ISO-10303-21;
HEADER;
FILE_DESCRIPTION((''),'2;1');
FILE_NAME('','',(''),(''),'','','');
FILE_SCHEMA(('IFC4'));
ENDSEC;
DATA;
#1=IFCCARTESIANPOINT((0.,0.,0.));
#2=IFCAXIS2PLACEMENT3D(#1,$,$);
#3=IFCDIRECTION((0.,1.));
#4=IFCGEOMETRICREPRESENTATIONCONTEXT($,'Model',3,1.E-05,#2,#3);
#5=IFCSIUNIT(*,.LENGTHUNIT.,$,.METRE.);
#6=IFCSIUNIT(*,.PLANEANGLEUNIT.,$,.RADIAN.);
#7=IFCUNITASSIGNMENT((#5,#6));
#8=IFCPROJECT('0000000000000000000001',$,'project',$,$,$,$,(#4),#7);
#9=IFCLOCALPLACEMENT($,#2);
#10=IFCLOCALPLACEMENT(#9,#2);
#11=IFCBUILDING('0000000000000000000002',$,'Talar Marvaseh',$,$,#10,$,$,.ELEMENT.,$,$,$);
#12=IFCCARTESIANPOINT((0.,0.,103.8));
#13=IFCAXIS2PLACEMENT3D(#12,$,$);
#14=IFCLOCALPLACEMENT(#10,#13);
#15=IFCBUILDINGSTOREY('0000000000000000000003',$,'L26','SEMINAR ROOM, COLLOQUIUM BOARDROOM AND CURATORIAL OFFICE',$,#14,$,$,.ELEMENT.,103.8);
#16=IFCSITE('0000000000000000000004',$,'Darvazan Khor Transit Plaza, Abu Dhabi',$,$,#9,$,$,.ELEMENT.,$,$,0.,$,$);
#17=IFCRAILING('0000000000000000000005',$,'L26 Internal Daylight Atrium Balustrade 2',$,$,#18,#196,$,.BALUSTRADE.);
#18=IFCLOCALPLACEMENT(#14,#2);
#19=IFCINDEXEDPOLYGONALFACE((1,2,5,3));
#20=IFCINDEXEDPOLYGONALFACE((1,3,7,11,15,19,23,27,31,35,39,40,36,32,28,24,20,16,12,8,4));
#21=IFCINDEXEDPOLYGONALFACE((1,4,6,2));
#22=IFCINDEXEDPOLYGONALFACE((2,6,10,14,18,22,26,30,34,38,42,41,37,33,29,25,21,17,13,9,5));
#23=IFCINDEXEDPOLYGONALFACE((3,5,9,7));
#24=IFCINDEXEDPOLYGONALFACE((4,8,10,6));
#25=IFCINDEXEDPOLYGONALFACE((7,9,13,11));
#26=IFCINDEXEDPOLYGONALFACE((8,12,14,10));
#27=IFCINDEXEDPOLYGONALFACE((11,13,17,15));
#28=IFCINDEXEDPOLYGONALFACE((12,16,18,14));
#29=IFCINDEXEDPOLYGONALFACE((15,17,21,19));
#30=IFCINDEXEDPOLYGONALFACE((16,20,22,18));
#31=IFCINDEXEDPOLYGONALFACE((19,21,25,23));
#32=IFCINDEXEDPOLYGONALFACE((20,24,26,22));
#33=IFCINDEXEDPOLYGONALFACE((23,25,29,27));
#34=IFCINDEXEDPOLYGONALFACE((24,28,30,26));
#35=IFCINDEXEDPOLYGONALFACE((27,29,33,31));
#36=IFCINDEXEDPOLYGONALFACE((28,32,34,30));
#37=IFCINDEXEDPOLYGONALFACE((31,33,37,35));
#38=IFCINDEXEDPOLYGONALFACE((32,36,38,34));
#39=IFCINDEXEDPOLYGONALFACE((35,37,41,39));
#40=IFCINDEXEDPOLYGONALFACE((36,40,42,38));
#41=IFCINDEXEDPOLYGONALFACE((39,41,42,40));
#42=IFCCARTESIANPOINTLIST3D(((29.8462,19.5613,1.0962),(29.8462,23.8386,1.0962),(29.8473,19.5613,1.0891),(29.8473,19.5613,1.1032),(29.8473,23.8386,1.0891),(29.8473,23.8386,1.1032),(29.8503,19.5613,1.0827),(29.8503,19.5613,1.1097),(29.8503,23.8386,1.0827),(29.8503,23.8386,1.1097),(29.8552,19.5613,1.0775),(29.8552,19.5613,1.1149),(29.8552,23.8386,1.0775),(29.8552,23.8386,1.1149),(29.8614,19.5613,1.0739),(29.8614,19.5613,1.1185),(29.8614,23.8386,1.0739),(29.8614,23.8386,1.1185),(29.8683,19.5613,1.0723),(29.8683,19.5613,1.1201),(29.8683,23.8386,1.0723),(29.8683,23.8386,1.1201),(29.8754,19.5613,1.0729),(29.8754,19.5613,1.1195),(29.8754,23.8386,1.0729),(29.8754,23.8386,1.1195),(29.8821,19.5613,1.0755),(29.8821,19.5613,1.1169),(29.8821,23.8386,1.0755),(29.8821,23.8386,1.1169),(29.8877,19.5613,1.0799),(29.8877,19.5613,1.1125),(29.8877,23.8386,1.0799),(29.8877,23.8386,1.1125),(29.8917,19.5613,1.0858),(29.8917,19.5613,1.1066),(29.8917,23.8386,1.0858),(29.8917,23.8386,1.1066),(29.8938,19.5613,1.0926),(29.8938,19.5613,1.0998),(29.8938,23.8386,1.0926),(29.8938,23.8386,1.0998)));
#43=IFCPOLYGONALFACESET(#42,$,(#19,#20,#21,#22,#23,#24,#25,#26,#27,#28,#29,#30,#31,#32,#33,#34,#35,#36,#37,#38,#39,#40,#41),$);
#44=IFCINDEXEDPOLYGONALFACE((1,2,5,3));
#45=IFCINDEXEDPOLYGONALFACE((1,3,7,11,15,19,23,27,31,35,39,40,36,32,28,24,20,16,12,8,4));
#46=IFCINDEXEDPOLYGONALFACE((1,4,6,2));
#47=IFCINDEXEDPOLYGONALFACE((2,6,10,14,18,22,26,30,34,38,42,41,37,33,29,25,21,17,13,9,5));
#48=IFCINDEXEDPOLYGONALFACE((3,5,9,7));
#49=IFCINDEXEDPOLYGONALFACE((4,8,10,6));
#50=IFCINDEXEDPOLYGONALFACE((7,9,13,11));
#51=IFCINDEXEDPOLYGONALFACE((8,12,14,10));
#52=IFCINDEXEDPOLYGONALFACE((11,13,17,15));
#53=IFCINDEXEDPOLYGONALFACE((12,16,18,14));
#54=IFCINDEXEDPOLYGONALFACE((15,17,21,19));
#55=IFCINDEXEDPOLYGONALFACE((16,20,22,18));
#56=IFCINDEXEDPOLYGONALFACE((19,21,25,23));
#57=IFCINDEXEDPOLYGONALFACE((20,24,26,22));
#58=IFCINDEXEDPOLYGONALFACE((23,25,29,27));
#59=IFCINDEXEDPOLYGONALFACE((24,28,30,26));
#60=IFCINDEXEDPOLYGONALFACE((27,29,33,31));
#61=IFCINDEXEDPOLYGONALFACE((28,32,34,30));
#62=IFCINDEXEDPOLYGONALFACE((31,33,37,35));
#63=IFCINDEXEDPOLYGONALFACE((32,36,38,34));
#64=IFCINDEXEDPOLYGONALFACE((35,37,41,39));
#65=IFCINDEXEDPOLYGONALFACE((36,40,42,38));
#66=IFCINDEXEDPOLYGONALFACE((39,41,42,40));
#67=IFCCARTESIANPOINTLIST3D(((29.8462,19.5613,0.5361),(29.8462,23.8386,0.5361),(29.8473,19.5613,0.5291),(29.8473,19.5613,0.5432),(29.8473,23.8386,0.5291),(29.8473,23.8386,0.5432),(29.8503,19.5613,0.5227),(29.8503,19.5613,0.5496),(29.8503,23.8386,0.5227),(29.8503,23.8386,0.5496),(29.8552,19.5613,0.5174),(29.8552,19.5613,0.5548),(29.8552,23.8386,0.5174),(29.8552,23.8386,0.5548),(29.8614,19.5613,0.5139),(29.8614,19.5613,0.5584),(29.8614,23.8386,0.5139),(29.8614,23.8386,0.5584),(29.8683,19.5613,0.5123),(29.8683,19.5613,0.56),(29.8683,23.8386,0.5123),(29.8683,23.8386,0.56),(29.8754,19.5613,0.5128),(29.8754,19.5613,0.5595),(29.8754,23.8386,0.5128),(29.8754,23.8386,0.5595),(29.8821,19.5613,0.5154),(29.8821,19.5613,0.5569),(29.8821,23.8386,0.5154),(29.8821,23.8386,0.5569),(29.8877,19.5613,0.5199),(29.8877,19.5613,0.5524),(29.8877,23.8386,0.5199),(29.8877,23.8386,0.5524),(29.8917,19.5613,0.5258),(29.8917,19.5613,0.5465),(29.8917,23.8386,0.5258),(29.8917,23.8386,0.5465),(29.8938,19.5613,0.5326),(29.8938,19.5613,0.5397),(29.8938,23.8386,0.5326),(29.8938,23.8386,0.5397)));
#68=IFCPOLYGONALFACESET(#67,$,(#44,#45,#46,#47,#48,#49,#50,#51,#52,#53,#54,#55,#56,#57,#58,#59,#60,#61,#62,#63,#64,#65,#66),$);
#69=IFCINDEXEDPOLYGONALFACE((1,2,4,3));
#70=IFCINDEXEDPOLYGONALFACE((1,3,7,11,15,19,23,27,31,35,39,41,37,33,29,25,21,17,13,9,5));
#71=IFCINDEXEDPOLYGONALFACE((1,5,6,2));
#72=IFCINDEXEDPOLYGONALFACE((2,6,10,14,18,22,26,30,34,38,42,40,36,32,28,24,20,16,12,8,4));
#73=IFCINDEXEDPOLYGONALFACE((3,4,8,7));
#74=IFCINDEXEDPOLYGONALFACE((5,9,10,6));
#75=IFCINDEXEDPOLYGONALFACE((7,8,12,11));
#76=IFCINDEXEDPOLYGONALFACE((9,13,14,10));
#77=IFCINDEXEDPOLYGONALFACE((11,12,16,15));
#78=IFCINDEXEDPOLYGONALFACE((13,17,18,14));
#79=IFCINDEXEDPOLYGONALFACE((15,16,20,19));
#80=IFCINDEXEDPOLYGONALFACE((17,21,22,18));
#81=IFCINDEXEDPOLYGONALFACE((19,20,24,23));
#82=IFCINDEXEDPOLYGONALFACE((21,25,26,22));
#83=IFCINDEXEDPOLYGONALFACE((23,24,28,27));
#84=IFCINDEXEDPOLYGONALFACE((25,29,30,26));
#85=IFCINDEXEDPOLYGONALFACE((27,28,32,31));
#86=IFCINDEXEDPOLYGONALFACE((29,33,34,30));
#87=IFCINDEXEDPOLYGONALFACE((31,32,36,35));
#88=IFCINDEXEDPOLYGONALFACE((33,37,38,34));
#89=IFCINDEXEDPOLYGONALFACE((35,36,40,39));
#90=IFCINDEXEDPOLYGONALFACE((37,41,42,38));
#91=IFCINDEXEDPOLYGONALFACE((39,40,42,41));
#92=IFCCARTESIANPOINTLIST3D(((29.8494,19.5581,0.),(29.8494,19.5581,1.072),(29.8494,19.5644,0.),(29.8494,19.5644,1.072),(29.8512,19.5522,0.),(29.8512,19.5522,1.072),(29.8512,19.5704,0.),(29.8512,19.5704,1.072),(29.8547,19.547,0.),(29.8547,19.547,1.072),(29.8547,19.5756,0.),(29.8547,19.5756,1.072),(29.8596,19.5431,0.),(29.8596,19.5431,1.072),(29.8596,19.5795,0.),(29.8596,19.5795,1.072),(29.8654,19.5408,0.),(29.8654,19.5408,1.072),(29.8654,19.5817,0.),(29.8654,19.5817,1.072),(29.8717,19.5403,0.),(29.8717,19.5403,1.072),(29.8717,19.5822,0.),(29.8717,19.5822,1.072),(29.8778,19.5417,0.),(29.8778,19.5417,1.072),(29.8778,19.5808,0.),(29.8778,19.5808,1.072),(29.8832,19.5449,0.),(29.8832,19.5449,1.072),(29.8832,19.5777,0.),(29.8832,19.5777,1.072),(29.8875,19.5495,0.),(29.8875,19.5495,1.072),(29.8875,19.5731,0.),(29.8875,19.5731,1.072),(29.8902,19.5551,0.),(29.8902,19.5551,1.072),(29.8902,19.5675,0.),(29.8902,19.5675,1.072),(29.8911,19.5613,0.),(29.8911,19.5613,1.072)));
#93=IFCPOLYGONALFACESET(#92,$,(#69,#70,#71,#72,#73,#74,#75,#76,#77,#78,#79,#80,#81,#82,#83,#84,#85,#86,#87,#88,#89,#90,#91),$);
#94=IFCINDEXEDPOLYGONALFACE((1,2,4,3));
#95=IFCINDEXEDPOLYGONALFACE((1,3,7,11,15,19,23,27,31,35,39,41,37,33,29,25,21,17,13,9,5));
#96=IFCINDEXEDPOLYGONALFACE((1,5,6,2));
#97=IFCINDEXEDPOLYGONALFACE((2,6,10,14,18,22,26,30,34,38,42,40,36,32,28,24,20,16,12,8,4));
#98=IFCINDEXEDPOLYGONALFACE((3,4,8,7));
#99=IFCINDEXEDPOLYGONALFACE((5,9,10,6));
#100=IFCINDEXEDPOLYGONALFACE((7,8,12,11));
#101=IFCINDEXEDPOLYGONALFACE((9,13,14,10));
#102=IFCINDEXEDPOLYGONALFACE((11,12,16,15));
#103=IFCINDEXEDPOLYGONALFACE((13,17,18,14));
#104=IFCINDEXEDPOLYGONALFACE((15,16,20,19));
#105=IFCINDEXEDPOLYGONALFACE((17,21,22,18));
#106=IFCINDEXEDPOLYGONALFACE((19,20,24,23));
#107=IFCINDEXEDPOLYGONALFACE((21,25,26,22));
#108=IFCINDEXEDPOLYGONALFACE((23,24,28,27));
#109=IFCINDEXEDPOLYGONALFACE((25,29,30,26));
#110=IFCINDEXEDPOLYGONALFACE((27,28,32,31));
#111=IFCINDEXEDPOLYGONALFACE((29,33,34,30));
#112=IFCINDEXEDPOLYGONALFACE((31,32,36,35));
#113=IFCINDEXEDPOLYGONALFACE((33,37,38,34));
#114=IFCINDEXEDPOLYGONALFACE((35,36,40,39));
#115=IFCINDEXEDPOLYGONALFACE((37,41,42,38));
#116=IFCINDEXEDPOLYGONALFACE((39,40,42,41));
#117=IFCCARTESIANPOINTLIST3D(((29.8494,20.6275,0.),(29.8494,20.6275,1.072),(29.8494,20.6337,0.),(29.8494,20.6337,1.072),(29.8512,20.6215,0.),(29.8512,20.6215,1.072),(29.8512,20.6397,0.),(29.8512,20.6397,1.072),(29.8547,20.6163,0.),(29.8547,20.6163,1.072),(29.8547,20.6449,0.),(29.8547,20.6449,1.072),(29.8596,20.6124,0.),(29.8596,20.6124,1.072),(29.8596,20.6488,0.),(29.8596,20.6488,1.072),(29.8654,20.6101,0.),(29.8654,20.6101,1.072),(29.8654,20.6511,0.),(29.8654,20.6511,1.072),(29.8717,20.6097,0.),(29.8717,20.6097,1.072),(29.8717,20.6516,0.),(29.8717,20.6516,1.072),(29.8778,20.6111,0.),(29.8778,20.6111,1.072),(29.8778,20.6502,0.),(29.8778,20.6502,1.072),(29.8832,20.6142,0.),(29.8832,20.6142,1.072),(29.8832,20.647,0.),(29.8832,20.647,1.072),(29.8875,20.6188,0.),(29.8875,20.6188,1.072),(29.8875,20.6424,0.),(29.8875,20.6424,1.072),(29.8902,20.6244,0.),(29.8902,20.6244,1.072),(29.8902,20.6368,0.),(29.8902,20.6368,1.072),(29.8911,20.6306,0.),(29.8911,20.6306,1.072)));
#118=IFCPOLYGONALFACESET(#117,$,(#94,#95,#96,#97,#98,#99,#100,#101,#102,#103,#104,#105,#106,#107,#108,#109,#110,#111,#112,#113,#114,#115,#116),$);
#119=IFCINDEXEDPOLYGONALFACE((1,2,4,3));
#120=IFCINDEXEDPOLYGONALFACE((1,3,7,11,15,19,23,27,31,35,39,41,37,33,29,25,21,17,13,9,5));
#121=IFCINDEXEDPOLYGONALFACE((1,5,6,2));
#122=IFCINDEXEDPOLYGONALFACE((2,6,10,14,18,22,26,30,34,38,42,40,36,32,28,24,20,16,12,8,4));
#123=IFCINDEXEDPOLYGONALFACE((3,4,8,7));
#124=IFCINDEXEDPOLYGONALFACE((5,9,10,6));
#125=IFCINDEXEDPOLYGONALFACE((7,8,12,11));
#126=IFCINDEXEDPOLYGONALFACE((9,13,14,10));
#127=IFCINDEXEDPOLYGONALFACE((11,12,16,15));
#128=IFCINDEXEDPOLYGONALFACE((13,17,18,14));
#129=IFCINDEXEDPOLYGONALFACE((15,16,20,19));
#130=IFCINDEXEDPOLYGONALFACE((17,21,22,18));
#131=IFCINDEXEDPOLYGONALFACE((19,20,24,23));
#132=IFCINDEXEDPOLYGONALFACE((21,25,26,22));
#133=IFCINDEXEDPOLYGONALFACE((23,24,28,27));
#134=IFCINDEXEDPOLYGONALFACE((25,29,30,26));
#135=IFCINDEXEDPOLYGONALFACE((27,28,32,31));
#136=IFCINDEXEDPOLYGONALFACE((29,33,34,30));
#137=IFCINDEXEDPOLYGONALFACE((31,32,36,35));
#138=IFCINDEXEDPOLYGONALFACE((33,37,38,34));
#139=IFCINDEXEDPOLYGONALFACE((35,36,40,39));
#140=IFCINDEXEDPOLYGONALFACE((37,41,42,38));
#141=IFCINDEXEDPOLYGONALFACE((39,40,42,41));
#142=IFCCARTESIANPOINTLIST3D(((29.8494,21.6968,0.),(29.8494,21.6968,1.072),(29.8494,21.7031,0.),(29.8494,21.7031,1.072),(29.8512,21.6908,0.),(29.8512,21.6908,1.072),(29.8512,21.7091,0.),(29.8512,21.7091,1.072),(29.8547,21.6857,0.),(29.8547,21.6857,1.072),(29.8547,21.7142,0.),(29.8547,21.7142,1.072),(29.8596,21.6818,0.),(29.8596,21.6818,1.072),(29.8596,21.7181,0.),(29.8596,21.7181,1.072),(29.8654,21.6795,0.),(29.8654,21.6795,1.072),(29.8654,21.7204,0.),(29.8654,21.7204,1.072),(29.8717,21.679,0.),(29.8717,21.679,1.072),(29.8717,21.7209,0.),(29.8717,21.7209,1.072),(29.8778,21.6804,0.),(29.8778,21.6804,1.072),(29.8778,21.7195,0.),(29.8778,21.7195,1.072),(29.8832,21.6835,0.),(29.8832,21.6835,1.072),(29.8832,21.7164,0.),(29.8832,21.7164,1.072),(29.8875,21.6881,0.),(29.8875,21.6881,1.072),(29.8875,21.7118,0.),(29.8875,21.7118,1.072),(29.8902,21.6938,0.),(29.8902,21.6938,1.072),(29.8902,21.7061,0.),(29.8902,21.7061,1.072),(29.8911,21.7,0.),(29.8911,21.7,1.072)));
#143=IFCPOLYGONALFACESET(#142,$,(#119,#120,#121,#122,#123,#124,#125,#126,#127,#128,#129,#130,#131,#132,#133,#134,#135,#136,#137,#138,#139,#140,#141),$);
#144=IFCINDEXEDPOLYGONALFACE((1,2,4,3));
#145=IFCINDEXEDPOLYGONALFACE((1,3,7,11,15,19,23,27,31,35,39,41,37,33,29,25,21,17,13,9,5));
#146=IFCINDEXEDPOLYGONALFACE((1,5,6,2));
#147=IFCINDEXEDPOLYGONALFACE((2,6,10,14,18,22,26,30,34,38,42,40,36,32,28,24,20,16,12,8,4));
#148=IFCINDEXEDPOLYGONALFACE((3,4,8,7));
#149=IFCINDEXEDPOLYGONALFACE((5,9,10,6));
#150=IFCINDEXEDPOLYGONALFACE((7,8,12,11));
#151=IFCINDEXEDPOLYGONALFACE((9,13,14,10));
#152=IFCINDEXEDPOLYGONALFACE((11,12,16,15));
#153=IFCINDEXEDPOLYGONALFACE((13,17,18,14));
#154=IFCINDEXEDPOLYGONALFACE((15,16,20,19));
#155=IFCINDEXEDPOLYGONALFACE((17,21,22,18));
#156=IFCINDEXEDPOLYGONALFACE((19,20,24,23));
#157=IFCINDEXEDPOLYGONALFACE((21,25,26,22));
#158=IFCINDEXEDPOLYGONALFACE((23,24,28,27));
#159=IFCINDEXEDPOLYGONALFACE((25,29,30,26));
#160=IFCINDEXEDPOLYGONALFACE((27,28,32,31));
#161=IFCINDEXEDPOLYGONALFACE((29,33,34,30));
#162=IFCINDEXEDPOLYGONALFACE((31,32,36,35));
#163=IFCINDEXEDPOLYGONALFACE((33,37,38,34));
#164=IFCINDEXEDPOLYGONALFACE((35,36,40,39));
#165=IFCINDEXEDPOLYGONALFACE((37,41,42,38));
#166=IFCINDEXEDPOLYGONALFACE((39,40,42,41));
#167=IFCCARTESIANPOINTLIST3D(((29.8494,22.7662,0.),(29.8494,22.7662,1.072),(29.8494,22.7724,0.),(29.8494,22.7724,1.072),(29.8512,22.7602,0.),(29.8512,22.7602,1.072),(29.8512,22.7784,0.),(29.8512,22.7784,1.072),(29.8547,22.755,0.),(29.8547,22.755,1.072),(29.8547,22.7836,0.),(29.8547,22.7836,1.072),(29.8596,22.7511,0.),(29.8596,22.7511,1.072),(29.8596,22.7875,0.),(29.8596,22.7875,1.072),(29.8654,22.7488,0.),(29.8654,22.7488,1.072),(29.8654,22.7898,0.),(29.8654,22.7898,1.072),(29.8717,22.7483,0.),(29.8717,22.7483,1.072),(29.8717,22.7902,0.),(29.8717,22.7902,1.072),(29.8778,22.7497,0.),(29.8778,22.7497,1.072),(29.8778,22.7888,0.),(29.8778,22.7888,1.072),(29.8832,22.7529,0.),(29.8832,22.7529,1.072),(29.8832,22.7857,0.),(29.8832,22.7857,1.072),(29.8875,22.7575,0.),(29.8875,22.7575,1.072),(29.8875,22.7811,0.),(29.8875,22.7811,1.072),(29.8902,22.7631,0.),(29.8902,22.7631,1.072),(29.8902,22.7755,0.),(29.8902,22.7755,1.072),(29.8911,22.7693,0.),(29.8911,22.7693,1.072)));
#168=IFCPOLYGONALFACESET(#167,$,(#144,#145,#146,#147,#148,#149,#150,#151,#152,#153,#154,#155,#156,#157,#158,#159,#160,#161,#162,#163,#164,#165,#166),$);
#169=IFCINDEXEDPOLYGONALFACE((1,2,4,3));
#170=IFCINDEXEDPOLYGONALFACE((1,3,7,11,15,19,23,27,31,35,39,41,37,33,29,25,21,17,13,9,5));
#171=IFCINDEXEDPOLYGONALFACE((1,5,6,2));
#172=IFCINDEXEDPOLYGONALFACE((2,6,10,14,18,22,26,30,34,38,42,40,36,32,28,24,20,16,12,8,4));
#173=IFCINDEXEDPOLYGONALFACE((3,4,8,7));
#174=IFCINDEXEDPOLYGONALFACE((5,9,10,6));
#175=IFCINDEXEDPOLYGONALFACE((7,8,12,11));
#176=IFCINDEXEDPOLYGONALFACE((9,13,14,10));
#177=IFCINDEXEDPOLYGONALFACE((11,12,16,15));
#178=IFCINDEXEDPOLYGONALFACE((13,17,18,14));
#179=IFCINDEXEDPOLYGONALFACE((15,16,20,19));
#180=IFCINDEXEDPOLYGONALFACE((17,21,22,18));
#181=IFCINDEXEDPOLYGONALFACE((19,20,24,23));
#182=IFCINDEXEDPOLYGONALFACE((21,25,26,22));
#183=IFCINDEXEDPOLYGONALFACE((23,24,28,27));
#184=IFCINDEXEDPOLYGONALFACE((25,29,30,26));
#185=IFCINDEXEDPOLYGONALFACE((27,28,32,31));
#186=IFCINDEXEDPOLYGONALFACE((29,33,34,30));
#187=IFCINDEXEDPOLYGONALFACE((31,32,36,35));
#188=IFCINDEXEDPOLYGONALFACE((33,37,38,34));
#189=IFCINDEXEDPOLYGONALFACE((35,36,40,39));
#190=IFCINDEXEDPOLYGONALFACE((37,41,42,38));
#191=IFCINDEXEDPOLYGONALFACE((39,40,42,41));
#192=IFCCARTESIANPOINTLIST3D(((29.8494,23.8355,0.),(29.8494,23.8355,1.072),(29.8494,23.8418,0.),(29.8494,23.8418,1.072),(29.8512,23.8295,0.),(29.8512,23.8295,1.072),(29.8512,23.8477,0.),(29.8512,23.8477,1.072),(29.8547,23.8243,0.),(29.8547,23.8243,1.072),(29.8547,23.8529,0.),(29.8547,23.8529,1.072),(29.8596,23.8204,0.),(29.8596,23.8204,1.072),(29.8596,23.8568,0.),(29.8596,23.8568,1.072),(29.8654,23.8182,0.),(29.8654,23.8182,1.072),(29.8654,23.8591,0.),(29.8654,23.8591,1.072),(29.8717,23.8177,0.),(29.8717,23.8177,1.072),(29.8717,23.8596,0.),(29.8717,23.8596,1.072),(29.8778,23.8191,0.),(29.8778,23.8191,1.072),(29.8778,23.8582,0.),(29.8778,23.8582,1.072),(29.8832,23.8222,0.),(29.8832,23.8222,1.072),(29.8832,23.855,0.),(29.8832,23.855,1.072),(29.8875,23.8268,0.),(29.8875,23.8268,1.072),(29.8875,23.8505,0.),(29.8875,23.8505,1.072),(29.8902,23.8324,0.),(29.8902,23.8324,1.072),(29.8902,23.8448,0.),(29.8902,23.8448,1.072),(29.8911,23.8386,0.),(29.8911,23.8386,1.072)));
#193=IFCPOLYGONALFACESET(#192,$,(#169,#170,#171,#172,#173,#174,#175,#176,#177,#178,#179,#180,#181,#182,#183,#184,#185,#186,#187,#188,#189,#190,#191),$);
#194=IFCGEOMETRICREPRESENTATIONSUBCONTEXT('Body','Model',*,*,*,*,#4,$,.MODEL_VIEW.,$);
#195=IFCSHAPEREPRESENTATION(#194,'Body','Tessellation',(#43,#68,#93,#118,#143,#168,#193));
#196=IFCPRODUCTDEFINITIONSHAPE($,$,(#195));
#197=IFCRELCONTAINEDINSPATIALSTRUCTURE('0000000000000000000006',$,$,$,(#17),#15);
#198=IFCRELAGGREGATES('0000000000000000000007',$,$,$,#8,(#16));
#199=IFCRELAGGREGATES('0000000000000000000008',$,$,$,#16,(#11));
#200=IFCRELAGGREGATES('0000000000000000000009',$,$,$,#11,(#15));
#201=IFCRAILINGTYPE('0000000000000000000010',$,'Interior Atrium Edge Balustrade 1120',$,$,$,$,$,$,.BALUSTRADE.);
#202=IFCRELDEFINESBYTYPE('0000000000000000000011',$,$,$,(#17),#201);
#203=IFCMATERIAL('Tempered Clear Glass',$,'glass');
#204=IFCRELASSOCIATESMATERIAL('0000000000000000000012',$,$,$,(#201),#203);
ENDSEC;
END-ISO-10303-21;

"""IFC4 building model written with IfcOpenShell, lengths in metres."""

from ifc_helpers import new_model, si_unit, direction, frame, origin, origin_2d, place, context, subcontext, project, spatial, circle, extrude, material, type_object, element, save


model = new_model("IFC4")

# Units and contexts
model_context = context("Model", 3, precision=1e-05, world=origin(), true_north=direction((0.0, 1.0)))
body_context = subcontext(model_context, "Body", "Model", "MODEL_VIEW")
ifc_project = project(units=[si_unit("LENGTHUNIT", "METRE"), si_unit("PLANEANGLEUNIT", "RADIAN")], contexts=[model_context])

# Site, building, storey
site_placement = place(None, origin())
site = spatial("IfcSite", under=ifc_project, at=site_placement, Name="Darvazan Khor Transit Plaza, Abu Dhabi", CompositionType="ELEMENT", RefElevation=0.0)
building_placement = place(site_placement, origin())
building = spatial("IfcBuilding", under=site, at=building_placement, Name="Talar Marvaseh", CompositionType="ELEMENT")
storey_placement = place(building_placement, frame((0.0, 0.0, 103.8)))
storey = spatial("IfcBuildingStorey", under=building, at=storey_placement, Name="L26", Description="SEMINAR ROOM, COLLOQUIUM BOARDROOM AND CURATORIAL OFFICE", CompositionType="ELEMENT", Elevation=103.8)

# Railing
ifc_material_1 = material(Name="Tempered Clear Glass", Category="glass")
railing_type_1 = type_object("IfcRailingType", Name="Interior Atrium Edge Balustrade 1120", PredefinedType="BALUSTRADE", material=ifc_material_1)
railing_1_placement = place(storey_placement, frame((29.8701, 19.5613, 0.0)))
element("IfcRailing", 1, at=railing_1_placement, inside=storey, type_object=railing_type_1, Name="L26 Internal Daylight Atrium Balustrade 2", PredefinedType="BALUSTRADE", context=body_context, shape_type="SweptSolid", body=[
    extrude(circle(Radius=0.0239, at=origin_2d()), frame((0.0, 0.0, 1.0962), z_axis=(0.0, 1.0, 0.0), x_axis=(-1.0, 0.0, 0.0)), (0.0, 0.0, 1.0), 4.2773),
    extrude(circle(Radius=0.0239, at=origin_2d()), frame((0.0, 0.0, 0.5361), z_axis=(0.0, 1.0, 0.0), x_axis=(-1.0, 0.0, 0.0)), (0.0, 0.0, 1.0), 4.2773),
    extrude(circle(Radius=0.021, at=origin_2d()), origin(), (0.0, 0.0, 1.0), 1.072),
    extrude(circle(Radius=0.021, at=origin_2d()), frame((0.0, 1.0693, 0.0)), (0.0, 0.0, 1.0), 1.072),
    extrude(circle(Radius=0.021, at=origin_2d()), frame((0.0, 2.1387, 0.0)), (0.0, 0.0, 1.0), 1.072),
    extrude(circle(Radius=0.021, at=origin_2d()), frame((0.0, 3.208, 0.0)), (0.0, 0.0, 1.0), 1.072),
    extrude(circle(Radius=0.021, at=origin_2d()), frame((0.0, 4.2773, 0.0)), (0.0, 0.0, 1.0), 1.072),
])

save(model, "model.ifc")
